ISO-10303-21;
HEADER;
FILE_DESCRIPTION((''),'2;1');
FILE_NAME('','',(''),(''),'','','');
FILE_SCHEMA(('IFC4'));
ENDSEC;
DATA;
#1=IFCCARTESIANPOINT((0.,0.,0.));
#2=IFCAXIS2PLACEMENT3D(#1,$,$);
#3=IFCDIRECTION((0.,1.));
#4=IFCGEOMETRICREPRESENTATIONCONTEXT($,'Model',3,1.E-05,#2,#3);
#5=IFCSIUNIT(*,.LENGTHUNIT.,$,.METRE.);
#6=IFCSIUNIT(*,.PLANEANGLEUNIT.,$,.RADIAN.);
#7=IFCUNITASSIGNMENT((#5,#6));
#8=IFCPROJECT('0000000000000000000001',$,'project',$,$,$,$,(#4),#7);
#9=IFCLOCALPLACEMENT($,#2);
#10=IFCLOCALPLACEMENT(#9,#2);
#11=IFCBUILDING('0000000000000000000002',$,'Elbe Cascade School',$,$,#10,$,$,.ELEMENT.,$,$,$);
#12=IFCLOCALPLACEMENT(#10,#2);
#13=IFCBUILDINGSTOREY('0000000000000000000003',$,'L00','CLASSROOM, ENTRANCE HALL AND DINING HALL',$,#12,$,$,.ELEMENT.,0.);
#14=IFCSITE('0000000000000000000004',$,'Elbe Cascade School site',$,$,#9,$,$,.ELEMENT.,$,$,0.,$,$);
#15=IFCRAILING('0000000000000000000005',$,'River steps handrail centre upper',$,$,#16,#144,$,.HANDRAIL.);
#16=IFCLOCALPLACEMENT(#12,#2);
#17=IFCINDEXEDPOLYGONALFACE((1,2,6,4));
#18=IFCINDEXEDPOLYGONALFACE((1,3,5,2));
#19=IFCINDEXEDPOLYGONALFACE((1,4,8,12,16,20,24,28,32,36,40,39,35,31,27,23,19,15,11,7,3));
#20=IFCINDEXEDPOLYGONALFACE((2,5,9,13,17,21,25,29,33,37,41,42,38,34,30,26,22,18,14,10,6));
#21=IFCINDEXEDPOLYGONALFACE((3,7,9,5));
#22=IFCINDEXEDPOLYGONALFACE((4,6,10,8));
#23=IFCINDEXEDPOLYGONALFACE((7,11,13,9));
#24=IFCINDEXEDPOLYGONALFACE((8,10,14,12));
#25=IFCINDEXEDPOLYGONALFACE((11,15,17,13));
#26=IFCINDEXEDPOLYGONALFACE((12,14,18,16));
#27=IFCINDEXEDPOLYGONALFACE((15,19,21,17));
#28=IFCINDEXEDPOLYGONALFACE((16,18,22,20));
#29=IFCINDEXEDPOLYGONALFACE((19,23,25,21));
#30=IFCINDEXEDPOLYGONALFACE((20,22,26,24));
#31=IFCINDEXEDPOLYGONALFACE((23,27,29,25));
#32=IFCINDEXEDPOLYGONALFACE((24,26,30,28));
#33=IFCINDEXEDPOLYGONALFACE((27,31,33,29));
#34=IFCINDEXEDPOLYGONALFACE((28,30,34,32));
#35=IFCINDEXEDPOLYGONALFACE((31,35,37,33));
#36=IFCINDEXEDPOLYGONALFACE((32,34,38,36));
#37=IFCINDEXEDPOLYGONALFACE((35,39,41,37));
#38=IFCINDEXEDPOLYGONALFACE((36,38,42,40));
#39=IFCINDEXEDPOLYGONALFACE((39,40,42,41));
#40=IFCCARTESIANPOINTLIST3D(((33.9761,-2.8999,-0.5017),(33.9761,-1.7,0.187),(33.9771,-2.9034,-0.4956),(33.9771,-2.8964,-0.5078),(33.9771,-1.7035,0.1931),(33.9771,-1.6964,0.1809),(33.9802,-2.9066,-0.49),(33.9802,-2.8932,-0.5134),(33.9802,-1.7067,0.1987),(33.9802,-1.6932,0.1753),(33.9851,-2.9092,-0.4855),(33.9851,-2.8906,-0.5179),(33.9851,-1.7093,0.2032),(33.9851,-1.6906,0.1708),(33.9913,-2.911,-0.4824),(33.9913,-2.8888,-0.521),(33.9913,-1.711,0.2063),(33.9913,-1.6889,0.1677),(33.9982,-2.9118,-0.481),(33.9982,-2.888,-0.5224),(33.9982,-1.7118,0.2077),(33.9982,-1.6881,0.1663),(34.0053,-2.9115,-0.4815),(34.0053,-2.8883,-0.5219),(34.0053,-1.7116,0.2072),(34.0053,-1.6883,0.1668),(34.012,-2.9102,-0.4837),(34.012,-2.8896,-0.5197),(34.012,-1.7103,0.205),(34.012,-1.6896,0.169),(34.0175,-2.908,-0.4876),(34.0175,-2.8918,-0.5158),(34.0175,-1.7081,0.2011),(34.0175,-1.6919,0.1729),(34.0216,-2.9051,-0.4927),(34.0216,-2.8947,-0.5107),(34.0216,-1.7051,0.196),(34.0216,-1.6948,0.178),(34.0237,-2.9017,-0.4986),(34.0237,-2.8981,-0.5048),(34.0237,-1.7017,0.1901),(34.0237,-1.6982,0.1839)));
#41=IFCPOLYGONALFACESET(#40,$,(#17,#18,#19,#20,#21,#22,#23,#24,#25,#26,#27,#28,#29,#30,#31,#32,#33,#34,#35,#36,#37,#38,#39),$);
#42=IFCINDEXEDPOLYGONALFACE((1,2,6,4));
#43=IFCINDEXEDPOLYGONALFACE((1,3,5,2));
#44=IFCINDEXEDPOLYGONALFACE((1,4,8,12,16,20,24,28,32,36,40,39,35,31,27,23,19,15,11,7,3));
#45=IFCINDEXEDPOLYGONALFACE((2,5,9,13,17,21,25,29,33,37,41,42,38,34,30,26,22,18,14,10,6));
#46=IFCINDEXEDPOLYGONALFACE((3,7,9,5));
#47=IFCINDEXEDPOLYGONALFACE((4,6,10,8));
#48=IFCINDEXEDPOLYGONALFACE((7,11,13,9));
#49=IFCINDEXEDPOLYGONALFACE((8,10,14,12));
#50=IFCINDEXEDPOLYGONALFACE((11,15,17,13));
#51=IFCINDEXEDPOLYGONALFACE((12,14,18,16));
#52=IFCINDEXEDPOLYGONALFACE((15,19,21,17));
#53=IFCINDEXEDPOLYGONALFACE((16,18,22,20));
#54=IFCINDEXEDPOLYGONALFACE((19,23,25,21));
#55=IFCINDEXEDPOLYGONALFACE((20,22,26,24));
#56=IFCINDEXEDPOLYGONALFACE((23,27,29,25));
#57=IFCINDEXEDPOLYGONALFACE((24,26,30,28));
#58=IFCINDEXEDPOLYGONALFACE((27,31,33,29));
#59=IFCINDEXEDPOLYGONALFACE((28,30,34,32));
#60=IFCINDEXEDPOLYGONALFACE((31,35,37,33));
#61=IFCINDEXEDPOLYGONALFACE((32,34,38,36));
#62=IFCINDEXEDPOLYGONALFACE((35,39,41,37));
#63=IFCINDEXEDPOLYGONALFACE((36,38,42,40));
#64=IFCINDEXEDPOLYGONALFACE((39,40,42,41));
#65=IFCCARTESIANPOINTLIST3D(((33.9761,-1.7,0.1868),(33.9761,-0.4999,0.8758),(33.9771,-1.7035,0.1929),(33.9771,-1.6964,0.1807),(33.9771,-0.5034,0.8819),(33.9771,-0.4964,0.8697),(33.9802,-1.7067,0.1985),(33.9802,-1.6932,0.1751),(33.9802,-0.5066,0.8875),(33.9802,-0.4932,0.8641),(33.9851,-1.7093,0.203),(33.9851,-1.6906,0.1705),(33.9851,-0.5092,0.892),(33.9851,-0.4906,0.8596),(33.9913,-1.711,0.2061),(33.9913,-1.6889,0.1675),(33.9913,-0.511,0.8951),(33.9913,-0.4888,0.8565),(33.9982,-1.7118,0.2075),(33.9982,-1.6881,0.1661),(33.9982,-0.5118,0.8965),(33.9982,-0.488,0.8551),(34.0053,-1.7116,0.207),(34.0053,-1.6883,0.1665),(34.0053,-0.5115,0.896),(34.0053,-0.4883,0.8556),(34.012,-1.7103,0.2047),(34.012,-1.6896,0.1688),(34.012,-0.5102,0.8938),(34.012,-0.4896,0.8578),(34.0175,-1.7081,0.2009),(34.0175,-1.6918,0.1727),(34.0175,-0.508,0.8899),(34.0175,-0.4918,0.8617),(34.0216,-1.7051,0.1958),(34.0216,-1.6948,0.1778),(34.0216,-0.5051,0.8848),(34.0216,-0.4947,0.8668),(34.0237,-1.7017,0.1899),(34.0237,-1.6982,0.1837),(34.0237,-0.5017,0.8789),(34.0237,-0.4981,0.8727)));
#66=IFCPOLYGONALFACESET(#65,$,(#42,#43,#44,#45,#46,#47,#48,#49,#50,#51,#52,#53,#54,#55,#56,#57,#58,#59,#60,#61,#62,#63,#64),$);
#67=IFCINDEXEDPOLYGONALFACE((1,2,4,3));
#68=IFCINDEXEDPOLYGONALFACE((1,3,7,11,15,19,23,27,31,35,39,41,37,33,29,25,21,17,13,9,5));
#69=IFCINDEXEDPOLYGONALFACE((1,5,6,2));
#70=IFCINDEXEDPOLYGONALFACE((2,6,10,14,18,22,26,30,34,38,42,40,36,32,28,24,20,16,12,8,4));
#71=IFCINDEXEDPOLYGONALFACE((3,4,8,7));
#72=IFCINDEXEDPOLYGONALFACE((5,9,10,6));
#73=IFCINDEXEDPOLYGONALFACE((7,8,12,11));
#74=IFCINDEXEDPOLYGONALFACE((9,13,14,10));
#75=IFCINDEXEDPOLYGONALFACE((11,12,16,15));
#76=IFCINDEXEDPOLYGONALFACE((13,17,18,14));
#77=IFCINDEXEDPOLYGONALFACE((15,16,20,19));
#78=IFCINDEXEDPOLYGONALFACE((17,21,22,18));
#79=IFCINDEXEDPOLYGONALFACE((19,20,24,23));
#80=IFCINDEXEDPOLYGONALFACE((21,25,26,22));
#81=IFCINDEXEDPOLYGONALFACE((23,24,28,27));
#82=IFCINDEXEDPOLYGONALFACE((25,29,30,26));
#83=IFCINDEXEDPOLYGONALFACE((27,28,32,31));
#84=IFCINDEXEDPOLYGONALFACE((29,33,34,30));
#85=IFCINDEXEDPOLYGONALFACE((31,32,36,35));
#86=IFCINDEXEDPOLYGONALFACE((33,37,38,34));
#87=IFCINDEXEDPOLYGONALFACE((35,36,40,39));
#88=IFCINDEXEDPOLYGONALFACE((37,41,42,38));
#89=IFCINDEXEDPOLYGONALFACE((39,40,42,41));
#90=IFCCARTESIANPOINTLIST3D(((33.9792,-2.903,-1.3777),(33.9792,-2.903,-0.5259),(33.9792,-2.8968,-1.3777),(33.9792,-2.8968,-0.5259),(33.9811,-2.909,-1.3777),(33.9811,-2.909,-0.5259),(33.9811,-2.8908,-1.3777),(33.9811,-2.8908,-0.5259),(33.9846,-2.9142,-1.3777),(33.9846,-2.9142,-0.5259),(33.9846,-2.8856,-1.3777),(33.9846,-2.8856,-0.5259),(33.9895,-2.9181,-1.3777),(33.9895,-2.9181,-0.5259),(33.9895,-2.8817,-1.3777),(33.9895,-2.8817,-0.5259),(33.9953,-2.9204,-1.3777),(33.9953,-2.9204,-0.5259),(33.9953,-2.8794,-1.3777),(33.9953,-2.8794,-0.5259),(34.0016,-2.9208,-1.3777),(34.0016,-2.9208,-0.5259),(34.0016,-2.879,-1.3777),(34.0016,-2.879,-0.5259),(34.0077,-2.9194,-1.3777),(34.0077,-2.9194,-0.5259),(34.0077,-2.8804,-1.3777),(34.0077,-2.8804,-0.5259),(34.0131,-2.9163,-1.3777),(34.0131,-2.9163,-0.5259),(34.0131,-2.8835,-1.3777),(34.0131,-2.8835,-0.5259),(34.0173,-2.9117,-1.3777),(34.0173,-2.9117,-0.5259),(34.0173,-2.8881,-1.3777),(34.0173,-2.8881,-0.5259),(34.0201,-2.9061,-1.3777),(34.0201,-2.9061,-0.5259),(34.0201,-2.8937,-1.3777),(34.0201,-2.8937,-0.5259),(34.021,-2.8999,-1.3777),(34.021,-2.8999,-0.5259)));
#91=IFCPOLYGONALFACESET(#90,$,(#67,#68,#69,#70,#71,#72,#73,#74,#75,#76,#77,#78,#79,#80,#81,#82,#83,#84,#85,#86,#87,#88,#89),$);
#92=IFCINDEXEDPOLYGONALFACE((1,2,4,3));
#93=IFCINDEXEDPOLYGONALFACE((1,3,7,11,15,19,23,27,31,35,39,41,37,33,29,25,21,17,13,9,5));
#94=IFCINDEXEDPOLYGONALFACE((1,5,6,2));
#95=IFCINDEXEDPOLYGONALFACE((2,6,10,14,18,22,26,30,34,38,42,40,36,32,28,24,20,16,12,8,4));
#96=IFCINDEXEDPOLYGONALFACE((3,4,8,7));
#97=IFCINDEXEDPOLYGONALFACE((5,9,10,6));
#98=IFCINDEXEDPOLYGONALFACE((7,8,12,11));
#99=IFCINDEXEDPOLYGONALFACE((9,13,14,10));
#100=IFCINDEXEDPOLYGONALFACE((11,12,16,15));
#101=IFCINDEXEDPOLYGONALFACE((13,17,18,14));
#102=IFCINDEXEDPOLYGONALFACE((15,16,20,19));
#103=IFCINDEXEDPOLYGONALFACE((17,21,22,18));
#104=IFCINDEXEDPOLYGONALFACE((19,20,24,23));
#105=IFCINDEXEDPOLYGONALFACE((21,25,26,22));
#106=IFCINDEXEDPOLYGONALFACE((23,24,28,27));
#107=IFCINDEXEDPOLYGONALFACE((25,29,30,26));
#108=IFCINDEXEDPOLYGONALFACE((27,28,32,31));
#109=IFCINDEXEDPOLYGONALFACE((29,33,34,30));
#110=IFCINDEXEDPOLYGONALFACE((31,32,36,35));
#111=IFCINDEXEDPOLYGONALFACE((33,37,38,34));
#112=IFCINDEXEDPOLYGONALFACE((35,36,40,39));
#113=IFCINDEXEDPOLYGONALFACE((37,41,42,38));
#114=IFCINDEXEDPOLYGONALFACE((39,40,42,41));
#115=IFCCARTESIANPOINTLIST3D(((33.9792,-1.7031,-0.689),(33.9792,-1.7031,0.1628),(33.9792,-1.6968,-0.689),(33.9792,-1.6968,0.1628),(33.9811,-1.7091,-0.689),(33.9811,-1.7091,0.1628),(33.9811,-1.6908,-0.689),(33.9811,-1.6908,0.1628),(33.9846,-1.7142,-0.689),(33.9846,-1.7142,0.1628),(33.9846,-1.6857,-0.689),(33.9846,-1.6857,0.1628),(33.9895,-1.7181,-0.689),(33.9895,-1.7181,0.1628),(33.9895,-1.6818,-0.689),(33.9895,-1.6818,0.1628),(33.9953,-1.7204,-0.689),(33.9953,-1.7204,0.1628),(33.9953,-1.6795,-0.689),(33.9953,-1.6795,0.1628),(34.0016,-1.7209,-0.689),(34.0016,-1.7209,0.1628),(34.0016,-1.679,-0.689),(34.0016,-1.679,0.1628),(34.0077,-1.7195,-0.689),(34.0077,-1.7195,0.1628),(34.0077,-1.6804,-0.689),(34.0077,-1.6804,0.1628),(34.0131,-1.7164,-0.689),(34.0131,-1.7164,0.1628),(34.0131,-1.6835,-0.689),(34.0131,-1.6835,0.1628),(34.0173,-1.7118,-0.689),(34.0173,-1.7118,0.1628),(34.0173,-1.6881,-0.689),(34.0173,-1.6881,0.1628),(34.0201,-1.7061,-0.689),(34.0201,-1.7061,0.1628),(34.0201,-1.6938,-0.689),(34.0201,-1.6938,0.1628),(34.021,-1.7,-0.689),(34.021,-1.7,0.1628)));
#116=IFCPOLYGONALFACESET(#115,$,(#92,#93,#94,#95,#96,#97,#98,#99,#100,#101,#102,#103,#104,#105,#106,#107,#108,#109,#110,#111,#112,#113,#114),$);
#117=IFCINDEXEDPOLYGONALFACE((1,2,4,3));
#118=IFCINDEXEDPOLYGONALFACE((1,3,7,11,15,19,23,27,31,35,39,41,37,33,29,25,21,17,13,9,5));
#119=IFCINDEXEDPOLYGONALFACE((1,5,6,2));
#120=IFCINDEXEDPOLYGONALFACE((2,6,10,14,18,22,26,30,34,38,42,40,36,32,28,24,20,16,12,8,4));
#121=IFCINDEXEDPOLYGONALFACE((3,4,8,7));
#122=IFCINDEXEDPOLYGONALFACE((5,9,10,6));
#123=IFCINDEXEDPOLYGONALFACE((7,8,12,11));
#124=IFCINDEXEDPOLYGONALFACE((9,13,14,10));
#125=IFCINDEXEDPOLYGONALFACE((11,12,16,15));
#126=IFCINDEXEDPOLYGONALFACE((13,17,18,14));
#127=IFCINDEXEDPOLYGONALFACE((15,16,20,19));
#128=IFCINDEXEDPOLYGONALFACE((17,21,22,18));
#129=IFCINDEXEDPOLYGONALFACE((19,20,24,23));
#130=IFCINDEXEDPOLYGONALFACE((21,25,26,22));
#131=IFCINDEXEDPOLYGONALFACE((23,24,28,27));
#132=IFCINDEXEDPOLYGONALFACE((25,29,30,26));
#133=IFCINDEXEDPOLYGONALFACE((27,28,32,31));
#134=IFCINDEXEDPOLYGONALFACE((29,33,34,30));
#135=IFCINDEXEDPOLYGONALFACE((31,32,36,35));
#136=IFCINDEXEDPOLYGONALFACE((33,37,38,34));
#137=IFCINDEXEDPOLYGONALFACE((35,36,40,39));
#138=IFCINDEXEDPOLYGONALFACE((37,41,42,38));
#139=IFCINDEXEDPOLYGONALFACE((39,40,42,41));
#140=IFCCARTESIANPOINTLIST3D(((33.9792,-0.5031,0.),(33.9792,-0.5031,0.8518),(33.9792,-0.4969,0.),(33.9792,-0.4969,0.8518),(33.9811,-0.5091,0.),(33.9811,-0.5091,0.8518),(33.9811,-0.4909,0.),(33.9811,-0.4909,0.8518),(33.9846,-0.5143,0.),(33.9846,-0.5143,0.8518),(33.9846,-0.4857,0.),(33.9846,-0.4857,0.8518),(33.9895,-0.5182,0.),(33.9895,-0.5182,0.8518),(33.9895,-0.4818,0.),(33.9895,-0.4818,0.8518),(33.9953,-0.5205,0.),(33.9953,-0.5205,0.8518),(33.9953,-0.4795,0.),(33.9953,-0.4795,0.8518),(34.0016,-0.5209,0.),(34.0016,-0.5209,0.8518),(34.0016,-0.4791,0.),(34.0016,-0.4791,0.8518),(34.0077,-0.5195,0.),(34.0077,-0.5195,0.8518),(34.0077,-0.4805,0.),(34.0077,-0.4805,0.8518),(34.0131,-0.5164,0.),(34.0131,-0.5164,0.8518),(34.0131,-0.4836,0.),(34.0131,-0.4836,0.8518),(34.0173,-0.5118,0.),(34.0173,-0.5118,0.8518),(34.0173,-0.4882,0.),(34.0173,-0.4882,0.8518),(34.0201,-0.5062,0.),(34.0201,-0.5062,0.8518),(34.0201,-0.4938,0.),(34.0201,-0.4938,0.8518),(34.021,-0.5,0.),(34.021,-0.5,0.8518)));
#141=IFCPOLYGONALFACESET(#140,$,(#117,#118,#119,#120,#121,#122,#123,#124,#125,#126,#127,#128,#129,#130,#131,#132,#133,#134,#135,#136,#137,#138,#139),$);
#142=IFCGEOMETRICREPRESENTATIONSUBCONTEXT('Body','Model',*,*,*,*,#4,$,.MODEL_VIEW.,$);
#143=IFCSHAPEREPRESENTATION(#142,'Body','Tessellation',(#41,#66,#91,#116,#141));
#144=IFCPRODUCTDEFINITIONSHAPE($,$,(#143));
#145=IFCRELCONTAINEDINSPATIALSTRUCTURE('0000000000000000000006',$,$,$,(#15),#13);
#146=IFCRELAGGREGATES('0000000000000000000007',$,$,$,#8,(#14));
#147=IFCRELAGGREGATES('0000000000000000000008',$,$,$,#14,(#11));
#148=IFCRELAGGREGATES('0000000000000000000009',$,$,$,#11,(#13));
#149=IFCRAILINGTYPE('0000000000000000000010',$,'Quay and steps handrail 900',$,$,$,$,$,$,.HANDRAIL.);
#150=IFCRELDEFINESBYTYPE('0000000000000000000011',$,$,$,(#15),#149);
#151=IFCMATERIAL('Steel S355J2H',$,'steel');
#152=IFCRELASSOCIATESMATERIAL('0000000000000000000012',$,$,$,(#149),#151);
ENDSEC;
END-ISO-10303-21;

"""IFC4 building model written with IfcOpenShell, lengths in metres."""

from ifc_helpers import new_model, si_unit, direction, frame, origin, origin_2d, place, context, subcontext, project, spatial, circle, extrude, material, type_object, element, save


model = new_model("IFC4")

# Units and contexts
model_context = context("Model", 3, precision=1e-05, world=origin(), true_north=direction((0.0, 1.0)))
body_context = subcontext(model_context, "Body", "Model", "MODEL_VIEW")
ifc_project = project(units=[si_unit("LENGTHUNIT", "METRE"), si_unit("PLANEANGLEUNIT", "RADIAN")], contexts=[model_context])

# Site, building, storey
site_placement = place(None, origin())
site = spatial("IfcSite", under=ifc_project, at=site_placement, Name="Elbe Cascade School site", CompositionType="ELEMENT", RefElevation=0.0)
building_placement = place(site_placement, origin())
building = spatial("IfcBuilding", under=site, at=building_placement, Name="Elbe Cascade School", CompositionType="ELEMENT")
storey_placement = place(building_placement, origin())
storey = spatial("IfcBuildingStorey", under=building, at=storey_placement, Name="L00", Description="CLASSROOM, ENTRANCE HALL AND DINING HALL", CompositionType="ELEMENT", Elevation=0.0)

# Railing
ifc_material_1 = material(Name="Steel S355J2H", Category="steel")
railing_type_1 = type_object("IfcRailingType", Name="Quay and steps handrail 900", PredefinedType="HANDRAIL", material=ifc_material_1)
railing_1_placement = place(storey_placement, frame((34.0, -2.8999, -1.3777)))
element("IfcRailing", 1, at=railing_1_placement, inside=storey, type_object=railing_type_1, Name="River steps handrail centre upper", PredefinedType="HANDRAIL", context=body_context, shape_type="SweptSolid", body=[
    extrude(circle(Radius=0.0239, at=origin_2d()), frame((0.0, 0.0, 0.876), z_axis=(0.0, 0.867297, 0.497791), x_axis=(-1.0, 0.0, 0.0)), (0.0, 0.0, 1.0), 1.3835),
    extrude(circle(Radius=0.0239, at=origin_2d()), frame((0.0, 1.2, 1.5645), z_axis=(0.0, 0.867221, 0.497924), x_axis=(-1.0, 0.0, 0.0)), (0.0, 0.0, 1.0), 1.3838),
    extrude(circle(Radius=0.021, at=origin_2d()), origin(), (0.0, 0.0, 1.0), 0.8518),
    extrude(circle(Radius=0.021, at=origin_2d()), frame((0.0, 1.2, 0.6887)), (0.0, 0.0, 1.0), 0.8518),
    extrude(circle(Radius=0.021, at=origin_2d()), frame((0.0, 2.3999, 1.3777)), (0.0, 0.0, 1.0), 0.8518),
])

save(model, "model.ifc")
